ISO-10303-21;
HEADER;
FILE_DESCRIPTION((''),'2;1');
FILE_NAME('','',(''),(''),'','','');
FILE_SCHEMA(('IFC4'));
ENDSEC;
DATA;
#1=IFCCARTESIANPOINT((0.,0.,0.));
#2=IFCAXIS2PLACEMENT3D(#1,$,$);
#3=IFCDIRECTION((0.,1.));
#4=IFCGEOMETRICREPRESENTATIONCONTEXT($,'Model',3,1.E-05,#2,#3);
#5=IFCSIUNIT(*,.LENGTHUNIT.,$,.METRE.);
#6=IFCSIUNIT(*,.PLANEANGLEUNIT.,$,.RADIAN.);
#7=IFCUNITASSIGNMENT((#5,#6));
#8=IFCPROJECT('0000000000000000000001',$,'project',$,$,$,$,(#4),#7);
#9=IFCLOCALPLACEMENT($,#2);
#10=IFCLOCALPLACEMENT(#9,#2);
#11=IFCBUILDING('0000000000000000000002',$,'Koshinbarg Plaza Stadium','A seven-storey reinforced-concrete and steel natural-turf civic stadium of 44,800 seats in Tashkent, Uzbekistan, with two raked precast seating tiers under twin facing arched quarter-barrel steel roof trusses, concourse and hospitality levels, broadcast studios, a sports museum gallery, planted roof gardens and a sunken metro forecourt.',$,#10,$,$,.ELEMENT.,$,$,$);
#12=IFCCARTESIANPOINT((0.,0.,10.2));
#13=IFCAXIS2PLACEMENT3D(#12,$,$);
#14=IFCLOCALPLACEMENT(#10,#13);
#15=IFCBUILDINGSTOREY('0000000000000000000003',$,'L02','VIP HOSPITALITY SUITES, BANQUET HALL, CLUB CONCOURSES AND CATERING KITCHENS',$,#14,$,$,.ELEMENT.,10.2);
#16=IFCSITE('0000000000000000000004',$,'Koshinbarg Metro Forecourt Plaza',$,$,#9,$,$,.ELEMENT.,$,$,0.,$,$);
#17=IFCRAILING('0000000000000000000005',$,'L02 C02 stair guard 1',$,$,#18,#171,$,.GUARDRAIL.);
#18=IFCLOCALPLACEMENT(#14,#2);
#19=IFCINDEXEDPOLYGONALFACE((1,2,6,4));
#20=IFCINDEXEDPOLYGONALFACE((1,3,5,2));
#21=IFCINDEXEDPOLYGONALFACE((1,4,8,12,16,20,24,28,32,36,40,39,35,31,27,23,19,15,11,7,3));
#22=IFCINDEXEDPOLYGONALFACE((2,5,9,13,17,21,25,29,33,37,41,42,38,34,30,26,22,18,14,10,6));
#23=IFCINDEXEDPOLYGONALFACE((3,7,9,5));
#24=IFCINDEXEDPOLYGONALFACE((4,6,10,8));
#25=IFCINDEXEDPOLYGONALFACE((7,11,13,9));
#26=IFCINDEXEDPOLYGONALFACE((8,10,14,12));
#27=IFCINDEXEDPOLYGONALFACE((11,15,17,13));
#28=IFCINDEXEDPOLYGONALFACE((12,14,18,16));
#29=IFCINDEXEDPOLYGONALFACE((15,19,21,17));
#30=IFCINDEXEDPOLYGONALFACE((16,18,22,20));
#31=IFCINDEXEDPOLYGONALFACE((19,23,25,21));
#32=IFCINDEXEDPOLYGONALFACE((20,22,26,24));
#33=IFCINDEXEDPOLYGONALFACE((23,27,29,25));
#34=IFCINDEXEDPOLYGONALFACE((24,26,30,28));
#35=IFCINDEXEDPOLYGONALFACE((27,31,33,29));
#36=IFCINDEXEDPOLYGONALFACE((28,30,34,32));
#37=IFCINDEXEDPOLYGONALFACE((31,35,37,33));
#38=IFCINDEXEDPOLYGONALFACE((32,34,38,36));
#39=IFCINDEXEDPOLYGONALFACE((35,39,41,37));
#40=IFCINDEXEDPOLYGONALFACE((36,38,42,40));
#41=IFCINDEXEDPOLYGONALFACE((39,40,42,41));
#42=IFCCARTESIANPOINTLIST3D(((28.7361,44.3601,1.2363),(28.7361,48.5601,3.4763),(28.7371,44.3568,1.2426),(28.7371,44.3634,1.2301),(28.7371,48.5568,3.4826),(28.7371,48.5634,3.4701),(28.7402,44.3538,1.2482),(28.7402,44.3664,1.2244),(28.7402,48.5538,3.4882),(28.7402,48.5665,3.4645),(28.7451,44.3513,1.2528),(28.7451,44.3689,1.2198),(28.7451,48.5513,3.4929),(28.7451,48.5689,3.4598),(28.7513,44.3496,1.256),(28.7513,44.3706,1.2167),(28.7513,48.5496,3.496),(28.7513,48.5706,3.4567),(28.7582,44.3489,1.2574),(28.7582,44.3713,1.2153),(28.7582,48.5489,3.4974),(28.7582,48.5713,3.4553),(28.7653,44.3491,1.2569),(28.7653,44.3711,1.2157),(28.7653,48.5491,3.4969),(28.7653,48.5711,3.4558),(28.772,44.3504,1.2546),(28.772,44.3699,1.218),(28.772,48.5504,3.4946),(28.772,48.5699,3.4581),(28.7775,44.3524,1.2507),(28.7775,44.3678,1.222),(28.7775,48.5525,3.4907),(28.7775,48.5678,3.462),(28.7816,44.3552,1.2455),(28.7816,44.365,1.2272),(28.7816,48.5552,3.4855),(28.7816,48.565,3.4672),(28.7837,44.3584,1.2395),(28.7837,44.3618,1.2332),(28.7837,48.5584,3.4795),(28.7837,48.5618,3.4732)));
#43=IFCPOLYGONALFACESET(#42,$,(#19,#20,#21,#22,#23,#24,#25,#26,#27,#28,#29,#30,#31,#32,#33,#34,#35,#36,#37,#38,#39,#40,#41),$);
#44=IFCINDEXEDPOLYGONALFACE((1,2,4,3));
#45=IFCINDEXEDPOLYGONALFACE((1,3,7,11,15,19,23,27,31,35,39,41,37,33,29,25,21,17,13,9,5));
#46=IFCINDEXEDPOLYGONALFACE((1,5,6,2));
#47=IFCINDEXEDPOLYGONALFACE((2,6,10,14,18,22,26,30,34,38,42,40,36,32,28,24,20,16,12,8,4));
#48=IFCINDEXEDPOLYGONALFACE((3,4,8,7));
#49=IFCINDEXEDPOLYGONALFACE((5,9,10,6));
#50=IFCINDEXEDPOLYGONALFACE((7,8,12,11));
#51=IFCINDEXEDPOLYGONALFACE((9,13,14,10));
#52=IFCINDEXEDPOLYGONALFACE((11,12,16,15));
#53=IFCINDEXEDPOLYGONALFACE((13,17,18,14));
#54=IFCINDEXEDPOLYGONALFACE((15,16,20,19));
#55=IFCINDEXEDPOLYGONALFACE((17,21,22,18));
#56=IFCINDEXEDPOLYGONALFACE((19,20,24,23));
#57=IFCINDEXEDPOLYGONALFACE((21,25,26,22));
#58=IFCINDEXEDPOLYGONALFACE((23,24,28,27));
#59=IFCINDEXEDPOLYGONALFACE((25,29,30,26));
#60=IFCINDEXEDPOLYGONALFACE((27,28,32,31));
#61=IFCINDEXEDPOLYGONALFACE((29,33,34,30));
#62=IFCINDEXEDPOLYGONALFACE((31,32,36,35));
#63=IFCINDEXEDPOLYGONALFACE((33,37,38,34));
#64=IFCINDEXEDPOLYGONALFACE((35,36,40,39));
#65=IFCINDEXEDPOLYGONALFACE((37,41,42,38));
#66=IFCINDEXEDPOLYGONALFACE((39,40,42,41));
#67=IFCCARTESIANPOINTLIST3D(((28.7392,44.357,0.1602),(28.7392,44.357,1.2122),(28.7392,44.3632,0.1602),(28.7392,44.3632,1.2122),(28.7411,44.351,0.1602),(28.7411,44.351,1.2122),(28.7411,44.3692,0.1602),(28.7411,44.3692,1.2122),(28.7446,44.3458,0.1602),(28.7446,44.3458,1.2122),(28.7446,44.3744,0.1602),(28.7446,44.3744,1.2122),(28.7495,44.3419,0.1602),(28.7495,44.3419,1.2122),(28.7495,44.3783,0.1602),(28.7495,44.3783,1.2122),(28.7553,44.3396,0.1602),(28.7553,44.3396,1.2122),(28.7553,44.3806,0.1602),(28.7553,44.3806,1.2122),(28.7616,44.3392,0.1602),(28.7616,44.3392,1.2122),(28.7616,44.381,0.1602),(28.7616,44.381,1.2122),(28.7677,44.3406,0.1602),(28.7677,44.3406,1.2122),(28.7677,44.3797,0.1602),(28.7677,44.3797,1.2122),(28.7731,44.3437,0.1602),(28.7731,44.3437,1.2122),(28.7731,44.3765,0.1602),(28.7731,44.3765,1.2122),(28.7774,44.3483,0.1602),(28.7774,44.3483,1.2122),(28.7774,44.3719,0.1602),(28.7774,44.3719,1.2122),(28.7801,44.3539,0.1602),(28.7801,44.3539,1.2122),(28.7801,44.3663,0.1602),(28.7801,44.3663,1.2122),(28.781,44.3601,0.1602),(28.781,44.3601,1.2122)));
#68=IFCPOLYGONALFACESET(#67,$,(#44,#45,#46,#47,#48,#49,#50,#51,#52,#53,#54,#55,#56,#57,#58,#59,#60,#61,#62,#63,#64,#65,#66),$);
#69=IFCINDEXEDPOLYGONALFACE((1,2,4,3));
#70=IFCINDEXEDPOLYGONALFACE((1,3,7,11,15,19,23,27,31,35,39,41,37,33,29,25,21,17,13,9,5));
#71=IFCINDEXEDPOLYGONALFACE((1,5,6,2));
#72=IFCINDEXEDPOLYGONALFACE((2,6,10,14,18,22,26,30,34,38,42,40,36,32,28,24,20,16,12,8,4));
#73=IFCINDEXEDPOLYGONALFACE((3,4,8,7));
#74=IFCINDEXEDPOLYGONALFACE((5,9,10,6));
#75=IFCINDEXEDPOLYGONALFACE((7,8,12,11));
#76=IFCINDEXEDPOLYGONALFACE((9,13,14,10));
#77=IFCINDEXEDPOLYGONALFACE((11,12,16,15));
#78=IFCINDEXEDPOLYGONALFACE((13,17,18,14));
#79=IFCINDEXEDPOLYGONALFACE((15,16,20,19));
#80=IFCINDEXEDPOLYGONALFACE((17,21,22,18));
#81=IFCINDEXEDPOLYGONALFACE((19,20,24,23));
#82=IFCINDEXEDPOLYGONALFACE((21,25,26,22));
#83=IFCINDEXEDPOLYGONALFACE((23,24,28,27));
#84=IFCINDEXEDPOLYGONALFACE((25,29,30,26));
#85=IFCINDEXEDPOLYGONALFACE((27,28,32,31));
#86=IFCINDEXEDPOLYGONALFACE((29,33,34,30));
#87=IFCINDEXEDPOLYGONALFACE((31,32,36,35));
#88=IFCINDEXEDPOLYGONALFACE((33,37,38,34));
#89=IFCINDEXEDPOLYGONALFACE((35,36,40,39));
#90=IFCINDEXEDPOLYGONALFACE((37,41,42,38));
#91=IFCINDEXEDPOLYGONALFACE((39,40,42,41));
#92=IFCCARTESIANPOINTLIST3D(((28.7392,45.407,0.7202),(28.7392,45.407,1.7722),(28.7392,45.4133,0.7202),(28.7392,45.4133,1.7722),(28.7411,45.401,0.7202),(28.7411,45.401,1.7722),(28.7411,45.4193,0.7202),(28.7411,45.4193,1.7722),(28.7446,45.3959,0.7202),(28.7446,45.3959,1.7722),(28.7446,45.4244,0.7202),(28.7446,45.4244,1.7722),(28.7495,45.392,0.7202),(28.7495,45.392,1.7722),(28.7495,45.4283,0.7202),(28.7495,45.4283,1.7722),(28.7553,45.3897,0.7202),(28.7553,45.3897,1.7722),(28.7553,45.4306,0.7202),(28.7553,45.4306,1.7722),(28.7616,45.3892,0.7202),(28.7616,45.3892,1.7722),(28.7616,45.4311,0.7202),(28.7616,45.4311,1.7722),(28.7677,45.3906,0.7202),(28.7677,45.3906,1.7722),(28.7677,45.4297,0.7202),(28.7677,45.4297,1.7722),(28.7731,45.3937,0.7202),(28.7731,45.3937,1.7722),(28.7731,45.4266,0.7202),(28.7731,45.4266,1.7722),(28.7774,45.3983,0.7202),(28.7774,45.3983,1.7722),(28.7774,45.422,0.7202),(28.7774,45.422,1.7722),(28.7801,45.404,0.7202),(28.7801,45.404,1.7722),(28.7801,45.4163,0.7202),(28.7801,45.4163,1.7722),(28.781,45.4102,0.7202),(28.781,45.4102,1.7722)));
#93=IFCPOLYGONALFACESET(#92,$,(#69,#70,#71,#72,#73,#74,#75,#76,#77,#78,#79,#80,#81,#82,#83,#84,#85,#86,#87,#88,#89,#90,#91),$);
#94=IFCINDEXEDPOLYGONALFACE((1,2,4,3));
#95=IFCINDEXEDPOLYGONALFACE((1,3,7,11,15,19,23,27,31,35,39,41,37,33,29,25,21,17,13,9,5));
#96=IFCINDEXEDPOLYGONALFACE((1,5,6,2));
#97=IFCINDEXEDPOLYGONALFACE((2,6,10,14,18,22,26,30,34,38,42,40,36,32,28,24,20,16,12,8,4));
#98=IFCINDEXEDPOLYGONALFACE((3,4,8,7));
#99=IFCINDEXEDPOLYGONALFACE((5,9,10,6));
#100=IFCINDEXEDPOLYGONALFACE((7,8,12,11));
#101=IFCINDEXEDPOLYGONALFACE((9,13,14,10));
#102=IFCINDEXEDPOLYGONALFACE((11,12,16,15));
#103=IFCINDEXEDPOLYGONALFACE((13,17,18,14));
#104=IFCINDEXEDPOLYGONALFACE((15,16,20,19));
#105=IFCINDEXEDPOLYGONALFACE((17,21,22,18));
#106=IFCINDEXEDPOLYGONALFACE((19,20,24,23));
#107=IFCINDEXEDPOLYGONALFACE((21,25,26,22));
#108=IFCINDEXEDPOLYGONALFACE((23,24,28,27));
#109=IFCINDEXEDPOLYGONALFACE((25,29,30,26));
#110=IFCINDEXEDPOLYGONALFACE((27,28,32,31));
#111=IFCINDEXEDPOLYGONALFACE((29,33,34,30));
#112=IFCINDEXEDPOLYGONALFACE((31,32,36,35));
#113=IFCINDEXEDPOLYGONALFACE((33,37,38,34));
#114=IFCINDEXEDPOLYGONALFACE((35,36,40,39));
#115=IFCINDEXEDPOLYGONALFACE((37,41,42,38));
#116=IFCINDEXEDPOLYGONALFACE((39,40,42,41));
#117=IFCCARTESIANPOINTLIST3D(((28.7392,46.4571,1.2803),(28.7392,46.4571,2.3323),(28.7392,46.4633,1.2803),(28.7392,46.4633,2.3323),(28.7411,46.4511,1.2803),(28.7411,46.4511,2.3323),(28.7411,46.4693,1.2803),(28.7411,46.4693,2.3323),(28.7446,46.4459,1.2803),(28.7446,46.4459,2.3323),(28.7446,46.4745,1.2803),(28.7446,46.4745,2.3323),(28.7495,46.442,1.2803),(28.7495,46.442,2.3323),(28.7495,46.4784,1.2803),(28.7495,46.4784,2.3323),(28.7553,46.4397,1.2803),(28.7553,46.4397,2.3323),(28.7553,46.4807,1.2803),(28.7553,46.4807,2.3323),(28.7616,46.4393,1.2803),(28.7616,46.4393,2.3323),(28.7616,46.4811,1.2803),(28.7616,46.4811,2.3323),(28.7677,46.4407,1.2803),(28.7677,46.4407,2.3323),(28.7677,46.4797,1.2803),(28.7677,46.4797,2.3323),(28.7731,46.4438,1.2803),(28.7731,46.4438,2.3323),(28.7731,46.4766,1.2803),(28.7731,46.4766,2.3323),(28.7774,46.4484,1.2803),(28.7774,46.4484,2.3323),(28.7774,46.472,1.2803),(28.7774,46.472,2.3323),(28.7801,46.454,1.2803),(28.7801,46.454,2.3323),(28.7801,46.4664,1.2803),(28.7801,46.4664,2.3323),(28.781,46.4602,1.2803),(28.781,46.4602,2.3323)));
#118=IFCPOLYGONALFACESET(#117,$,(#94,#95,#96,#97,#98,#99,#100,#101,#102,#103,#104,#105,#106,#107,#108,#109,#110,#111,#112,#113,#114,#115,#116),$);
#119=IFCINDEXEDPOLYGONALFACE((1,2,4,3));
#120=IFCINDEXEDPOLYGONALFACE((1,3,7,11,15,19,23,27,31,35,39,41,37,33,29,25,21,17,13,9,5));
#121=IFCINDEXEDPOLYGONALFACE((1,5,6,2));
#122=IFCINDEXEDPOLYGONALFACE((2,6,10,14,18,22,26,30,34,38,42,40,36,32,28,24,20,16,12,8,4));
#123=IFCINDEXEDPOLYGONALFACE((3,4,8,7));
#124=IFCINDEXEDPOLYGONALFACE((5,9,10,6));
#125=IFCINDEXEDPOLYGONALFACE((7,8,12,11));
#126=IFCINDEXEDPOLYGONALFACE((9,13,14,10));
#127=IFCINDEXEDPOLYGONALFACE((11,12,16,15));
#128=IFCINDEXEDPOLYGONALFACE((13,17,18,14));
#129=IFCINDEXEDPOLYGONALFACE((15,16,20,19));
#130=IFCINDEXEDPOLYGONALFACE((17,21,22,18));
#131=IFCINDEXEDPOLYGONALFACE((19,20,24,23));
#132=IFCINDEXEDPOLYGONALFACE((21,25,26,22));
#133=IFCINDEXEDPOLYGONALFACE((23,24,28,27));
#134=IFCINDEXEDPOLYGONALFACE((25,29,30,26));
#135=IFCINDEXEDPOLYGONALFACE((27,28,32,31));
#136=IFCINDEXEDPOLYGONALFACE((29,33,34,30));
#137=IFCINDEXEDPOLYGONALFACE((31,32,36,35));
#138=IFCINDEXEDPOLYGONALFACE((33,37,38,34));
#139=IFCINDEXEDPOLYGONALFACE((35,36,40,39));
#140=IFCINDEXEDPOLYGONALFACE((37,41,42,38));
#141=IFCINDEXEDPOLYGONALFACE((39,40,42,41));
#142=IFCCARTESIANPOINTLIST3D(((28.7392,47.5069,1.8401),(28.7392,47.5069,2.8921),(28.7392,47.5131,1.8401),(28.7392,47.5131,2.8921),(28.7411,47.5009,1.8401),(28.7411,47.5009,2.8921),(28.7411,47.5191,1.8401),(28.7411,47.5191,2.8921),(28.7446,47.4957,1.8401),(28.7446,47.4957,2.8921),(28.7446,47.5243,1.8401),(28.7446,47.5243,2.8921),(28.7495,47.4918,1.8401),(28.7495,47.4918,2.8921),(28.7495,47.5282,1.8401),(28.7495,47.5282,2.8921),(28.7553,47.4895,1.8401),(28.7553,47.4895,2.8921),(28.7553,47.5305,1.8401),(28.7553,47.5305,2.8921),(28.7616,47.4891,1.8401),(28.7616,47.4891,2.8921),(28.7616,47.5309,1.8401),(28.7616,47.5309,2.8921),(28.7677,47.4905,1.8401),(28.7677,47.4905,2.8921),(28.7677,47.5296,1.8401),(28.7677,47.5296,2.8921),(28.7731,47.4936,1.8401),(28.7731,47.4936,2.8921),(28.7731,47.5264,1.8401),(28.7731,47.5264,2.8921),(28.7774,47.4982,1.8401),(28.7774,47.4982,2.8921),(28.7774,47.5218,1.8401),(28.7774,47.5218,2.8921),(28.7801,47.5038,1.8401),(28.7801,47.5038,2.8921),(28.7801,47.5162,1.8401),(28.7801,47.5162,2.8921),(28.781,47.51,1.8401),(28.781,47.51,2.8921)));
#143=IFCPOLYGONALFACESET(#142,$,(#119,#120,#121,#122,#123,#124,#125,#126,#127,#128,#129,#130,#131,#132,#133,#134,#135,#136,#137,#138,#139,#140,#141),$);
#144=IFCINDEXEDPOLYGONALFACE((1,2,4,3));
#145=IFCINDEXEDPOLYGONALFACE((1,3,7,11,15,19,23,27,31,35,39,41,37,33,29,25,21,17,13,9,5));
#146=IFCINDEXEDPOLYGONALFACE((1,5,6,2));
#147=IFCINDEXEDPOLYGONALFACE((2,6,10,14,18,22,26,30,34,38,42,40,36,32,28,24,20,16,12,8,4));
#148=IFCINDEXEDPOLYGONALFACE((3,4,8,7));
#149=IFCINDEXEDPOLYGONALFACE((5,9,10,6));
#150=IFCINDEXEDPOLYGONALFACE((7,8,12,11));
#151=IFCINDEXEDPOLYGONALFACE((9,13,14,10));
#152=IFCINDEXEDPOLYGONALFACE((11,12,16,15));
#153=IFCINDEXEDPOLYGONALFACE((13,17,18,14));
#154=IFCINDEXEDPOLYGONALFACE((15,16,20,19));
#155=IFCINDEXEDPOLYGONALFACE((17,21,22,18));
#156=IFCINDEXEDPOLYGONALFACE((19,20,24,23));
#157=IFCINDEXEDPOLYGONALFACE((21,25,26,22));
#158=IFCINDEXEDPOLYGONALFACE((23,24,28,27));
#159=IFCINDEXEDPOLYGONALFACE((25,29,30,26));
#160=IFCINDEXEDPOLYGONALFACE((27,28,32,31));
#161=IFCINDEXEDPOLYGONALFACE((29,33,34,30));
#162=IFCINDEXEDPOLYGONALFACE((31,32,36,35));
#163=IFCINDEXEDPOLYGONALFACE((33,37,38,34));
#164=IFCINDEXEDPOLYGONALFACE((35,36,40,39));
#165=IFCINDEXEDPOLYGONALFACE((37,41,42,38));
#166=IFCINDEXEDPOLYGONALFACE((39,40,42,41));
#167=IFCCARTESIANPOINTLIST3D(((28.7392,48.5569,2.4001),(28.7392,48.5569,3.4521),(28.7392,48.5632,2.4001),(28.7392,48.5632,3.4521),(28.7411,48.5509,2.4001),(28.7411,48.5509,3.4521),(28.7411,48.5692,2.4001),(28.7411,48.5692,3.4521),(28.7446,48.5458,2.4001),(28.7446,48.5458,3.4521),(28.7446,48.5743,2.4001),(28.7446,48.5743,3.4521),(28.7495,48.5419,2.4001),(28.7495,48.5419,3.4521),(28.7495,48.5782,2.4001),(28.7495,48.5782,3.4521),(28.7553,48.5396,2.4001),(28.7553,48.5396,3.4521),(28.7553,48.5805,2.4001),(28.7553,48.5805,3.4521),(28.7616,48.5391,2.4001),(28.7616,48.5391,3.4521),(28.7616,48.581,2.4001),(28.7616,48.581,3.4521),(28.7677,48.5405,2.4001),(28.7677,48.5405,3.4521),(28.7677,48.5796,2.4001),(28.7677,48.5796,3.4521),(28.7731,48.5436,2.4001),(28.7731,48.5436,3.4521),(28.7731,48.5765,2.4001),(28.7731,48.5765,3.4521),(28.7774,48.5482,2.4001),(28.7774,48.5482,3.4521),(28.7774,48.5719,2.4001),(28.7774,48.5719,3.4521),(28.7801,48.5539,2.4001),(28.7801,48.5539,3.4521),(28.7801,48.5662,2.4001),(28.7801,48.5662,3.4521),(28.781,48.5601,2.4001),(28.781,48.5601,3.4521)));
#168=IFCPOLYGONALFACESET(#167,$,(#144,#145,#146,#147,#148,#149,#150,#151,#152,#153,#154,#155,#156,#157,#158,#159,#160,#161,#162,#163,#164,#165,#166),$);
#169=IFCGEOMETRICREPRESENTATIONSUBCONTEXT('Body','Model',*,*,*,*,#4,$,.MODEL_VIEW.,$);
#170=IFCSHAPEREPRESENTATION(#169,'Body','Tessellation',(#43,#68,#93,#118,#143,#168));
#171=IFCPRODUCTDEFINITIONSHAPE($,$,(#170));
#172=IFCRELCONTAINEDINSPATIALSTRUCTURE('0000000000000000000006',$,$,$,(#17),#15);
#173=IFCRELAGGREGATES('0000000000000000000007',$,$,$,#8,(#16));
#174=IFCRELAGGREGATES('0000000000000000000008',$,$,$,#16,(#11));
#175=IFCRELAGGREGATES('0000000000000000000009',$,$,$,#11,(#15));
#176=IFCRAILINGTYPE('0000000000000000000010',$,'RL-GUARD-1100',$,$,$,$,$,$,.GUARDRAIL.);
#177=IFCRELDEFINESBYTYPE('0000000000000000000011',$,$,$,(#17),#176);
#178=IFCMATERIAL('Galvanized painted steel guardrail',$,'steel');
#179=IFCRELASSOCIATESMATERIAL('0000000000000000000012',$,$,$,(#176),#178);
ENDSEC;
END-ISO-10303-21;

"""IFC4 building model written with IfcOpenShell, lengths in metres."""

from ifc_helpers import new_model, si_unit, direction, frame, origin, origin_2d, place, context, subcontext, project, spatial, circle, extrude, material, type_object, element, save


model = new_model("IFC4")

# Units and contexts
model_context = context("Model", 3, precision=1e-05, world=origin(), true_north=direction((0.0, 1.0)))
body_context = subcontext(model_context, "Body", "Model", "MODEL_VIEW")
ifc_project = project(units=[si_unit("LENGTHUNIT", "METRE"), si_unit("PLANEANGLEUNIT", "RADIAN")], contexts=[model_context])

# Site, building, storey
site_placement = place(None, origin())
site = spatial("IfcSite", under=ifc_project, at=site_placement, Name="Koshinbarg Metro Forecourt Plaza", CompositionType="ELEMENT", RefElevation=0.0)
building_placement = place(site_placement, origin())
building = spatial("IfcBuilding", under=site, at=building_placement, Name="Koshinbarg Plaza Stadium", Description="A seven-storey reinforced-concrete and steel natural-turf civic stadium of 44,800 seats in Tashkent, Uzbekistan, with two raked precast seating tiers under twin facing arched quarter-barrel steel roof trusses, concourse and hospitality levels, broadcast studios, a sports museum gallery, planted roof gardens and a sunken metro forecourt.", CompositionType="ELEMENT")
storey_placement = place(building_placement, frame((0.0, 0.0, 10.2)))
storey = spatial("IfcBuildingStorey", under=building, at=storey_placement, Name="L02", Description="VIP HOSPITALITY SUITES, BANQUET HALL, CLUB CONCOURSES AND CATERING KITCHENS", CompositionType="ELEMENT", Elevation=10.2)

# Railing
ifc_material_1 = material(Name="Galvanized painted steel guardrail", Category="steel")
railing_type_1 = type_object("IfcRailingType", Name="RL-GUARD-1100", PredefinedType="GUARDRAIL", material=ifc_material_1)
railing_1_placement = place(storey_placement, frame((28.76, 44.3601, 0.1602)))
element("IfcRailing", 1, at=railing_1_placement, inside=storey, type_object=railing_type_1, Name="L02 C02 stair guard 1", PredefinedType="GUARDRAIL", context=body_context, shape_type="SweptSolid", body=[
    extrude(circle(Radius=0.0239, at=origin_2d()), frame((0.0, 0.0, 1.0762), z_axis=(0.0, 0.882352, 0.470591), x_axis=(-1.0, 0.0, 0.0)), (0.0, 0.0, 1.0), 4.76),
    extrude(circle(Radius=0.021, at=origin_2d()), origin(), (0.0, 0.0, 1.0), 1.052),
    extrude(circle(Radius=0.021, at=origin_2d()), frame((0.0, 1.05, 0.5601)), (0.0, 0.0, 1.0), 1.052),
    extrude(circle(Radius=0.021, at=origin_2d()), frame((0.0, 2.1001, 1.1201)), (0.0, 0.0, 1.0), 1.052),
    extrude(circle(Radius=0.021, at=origin_2d()), frame((0.0, 3.1499, 1.6799)), (0.0, 0.0, 1.0), 1.052),
    extrude(circle(Radius=0.021, at=origin_2d()), frame((0.0, 4.2, 2.24)), (0.0, 0.0, 1.0), 1.052),
])

save(model, "model.ifc")
